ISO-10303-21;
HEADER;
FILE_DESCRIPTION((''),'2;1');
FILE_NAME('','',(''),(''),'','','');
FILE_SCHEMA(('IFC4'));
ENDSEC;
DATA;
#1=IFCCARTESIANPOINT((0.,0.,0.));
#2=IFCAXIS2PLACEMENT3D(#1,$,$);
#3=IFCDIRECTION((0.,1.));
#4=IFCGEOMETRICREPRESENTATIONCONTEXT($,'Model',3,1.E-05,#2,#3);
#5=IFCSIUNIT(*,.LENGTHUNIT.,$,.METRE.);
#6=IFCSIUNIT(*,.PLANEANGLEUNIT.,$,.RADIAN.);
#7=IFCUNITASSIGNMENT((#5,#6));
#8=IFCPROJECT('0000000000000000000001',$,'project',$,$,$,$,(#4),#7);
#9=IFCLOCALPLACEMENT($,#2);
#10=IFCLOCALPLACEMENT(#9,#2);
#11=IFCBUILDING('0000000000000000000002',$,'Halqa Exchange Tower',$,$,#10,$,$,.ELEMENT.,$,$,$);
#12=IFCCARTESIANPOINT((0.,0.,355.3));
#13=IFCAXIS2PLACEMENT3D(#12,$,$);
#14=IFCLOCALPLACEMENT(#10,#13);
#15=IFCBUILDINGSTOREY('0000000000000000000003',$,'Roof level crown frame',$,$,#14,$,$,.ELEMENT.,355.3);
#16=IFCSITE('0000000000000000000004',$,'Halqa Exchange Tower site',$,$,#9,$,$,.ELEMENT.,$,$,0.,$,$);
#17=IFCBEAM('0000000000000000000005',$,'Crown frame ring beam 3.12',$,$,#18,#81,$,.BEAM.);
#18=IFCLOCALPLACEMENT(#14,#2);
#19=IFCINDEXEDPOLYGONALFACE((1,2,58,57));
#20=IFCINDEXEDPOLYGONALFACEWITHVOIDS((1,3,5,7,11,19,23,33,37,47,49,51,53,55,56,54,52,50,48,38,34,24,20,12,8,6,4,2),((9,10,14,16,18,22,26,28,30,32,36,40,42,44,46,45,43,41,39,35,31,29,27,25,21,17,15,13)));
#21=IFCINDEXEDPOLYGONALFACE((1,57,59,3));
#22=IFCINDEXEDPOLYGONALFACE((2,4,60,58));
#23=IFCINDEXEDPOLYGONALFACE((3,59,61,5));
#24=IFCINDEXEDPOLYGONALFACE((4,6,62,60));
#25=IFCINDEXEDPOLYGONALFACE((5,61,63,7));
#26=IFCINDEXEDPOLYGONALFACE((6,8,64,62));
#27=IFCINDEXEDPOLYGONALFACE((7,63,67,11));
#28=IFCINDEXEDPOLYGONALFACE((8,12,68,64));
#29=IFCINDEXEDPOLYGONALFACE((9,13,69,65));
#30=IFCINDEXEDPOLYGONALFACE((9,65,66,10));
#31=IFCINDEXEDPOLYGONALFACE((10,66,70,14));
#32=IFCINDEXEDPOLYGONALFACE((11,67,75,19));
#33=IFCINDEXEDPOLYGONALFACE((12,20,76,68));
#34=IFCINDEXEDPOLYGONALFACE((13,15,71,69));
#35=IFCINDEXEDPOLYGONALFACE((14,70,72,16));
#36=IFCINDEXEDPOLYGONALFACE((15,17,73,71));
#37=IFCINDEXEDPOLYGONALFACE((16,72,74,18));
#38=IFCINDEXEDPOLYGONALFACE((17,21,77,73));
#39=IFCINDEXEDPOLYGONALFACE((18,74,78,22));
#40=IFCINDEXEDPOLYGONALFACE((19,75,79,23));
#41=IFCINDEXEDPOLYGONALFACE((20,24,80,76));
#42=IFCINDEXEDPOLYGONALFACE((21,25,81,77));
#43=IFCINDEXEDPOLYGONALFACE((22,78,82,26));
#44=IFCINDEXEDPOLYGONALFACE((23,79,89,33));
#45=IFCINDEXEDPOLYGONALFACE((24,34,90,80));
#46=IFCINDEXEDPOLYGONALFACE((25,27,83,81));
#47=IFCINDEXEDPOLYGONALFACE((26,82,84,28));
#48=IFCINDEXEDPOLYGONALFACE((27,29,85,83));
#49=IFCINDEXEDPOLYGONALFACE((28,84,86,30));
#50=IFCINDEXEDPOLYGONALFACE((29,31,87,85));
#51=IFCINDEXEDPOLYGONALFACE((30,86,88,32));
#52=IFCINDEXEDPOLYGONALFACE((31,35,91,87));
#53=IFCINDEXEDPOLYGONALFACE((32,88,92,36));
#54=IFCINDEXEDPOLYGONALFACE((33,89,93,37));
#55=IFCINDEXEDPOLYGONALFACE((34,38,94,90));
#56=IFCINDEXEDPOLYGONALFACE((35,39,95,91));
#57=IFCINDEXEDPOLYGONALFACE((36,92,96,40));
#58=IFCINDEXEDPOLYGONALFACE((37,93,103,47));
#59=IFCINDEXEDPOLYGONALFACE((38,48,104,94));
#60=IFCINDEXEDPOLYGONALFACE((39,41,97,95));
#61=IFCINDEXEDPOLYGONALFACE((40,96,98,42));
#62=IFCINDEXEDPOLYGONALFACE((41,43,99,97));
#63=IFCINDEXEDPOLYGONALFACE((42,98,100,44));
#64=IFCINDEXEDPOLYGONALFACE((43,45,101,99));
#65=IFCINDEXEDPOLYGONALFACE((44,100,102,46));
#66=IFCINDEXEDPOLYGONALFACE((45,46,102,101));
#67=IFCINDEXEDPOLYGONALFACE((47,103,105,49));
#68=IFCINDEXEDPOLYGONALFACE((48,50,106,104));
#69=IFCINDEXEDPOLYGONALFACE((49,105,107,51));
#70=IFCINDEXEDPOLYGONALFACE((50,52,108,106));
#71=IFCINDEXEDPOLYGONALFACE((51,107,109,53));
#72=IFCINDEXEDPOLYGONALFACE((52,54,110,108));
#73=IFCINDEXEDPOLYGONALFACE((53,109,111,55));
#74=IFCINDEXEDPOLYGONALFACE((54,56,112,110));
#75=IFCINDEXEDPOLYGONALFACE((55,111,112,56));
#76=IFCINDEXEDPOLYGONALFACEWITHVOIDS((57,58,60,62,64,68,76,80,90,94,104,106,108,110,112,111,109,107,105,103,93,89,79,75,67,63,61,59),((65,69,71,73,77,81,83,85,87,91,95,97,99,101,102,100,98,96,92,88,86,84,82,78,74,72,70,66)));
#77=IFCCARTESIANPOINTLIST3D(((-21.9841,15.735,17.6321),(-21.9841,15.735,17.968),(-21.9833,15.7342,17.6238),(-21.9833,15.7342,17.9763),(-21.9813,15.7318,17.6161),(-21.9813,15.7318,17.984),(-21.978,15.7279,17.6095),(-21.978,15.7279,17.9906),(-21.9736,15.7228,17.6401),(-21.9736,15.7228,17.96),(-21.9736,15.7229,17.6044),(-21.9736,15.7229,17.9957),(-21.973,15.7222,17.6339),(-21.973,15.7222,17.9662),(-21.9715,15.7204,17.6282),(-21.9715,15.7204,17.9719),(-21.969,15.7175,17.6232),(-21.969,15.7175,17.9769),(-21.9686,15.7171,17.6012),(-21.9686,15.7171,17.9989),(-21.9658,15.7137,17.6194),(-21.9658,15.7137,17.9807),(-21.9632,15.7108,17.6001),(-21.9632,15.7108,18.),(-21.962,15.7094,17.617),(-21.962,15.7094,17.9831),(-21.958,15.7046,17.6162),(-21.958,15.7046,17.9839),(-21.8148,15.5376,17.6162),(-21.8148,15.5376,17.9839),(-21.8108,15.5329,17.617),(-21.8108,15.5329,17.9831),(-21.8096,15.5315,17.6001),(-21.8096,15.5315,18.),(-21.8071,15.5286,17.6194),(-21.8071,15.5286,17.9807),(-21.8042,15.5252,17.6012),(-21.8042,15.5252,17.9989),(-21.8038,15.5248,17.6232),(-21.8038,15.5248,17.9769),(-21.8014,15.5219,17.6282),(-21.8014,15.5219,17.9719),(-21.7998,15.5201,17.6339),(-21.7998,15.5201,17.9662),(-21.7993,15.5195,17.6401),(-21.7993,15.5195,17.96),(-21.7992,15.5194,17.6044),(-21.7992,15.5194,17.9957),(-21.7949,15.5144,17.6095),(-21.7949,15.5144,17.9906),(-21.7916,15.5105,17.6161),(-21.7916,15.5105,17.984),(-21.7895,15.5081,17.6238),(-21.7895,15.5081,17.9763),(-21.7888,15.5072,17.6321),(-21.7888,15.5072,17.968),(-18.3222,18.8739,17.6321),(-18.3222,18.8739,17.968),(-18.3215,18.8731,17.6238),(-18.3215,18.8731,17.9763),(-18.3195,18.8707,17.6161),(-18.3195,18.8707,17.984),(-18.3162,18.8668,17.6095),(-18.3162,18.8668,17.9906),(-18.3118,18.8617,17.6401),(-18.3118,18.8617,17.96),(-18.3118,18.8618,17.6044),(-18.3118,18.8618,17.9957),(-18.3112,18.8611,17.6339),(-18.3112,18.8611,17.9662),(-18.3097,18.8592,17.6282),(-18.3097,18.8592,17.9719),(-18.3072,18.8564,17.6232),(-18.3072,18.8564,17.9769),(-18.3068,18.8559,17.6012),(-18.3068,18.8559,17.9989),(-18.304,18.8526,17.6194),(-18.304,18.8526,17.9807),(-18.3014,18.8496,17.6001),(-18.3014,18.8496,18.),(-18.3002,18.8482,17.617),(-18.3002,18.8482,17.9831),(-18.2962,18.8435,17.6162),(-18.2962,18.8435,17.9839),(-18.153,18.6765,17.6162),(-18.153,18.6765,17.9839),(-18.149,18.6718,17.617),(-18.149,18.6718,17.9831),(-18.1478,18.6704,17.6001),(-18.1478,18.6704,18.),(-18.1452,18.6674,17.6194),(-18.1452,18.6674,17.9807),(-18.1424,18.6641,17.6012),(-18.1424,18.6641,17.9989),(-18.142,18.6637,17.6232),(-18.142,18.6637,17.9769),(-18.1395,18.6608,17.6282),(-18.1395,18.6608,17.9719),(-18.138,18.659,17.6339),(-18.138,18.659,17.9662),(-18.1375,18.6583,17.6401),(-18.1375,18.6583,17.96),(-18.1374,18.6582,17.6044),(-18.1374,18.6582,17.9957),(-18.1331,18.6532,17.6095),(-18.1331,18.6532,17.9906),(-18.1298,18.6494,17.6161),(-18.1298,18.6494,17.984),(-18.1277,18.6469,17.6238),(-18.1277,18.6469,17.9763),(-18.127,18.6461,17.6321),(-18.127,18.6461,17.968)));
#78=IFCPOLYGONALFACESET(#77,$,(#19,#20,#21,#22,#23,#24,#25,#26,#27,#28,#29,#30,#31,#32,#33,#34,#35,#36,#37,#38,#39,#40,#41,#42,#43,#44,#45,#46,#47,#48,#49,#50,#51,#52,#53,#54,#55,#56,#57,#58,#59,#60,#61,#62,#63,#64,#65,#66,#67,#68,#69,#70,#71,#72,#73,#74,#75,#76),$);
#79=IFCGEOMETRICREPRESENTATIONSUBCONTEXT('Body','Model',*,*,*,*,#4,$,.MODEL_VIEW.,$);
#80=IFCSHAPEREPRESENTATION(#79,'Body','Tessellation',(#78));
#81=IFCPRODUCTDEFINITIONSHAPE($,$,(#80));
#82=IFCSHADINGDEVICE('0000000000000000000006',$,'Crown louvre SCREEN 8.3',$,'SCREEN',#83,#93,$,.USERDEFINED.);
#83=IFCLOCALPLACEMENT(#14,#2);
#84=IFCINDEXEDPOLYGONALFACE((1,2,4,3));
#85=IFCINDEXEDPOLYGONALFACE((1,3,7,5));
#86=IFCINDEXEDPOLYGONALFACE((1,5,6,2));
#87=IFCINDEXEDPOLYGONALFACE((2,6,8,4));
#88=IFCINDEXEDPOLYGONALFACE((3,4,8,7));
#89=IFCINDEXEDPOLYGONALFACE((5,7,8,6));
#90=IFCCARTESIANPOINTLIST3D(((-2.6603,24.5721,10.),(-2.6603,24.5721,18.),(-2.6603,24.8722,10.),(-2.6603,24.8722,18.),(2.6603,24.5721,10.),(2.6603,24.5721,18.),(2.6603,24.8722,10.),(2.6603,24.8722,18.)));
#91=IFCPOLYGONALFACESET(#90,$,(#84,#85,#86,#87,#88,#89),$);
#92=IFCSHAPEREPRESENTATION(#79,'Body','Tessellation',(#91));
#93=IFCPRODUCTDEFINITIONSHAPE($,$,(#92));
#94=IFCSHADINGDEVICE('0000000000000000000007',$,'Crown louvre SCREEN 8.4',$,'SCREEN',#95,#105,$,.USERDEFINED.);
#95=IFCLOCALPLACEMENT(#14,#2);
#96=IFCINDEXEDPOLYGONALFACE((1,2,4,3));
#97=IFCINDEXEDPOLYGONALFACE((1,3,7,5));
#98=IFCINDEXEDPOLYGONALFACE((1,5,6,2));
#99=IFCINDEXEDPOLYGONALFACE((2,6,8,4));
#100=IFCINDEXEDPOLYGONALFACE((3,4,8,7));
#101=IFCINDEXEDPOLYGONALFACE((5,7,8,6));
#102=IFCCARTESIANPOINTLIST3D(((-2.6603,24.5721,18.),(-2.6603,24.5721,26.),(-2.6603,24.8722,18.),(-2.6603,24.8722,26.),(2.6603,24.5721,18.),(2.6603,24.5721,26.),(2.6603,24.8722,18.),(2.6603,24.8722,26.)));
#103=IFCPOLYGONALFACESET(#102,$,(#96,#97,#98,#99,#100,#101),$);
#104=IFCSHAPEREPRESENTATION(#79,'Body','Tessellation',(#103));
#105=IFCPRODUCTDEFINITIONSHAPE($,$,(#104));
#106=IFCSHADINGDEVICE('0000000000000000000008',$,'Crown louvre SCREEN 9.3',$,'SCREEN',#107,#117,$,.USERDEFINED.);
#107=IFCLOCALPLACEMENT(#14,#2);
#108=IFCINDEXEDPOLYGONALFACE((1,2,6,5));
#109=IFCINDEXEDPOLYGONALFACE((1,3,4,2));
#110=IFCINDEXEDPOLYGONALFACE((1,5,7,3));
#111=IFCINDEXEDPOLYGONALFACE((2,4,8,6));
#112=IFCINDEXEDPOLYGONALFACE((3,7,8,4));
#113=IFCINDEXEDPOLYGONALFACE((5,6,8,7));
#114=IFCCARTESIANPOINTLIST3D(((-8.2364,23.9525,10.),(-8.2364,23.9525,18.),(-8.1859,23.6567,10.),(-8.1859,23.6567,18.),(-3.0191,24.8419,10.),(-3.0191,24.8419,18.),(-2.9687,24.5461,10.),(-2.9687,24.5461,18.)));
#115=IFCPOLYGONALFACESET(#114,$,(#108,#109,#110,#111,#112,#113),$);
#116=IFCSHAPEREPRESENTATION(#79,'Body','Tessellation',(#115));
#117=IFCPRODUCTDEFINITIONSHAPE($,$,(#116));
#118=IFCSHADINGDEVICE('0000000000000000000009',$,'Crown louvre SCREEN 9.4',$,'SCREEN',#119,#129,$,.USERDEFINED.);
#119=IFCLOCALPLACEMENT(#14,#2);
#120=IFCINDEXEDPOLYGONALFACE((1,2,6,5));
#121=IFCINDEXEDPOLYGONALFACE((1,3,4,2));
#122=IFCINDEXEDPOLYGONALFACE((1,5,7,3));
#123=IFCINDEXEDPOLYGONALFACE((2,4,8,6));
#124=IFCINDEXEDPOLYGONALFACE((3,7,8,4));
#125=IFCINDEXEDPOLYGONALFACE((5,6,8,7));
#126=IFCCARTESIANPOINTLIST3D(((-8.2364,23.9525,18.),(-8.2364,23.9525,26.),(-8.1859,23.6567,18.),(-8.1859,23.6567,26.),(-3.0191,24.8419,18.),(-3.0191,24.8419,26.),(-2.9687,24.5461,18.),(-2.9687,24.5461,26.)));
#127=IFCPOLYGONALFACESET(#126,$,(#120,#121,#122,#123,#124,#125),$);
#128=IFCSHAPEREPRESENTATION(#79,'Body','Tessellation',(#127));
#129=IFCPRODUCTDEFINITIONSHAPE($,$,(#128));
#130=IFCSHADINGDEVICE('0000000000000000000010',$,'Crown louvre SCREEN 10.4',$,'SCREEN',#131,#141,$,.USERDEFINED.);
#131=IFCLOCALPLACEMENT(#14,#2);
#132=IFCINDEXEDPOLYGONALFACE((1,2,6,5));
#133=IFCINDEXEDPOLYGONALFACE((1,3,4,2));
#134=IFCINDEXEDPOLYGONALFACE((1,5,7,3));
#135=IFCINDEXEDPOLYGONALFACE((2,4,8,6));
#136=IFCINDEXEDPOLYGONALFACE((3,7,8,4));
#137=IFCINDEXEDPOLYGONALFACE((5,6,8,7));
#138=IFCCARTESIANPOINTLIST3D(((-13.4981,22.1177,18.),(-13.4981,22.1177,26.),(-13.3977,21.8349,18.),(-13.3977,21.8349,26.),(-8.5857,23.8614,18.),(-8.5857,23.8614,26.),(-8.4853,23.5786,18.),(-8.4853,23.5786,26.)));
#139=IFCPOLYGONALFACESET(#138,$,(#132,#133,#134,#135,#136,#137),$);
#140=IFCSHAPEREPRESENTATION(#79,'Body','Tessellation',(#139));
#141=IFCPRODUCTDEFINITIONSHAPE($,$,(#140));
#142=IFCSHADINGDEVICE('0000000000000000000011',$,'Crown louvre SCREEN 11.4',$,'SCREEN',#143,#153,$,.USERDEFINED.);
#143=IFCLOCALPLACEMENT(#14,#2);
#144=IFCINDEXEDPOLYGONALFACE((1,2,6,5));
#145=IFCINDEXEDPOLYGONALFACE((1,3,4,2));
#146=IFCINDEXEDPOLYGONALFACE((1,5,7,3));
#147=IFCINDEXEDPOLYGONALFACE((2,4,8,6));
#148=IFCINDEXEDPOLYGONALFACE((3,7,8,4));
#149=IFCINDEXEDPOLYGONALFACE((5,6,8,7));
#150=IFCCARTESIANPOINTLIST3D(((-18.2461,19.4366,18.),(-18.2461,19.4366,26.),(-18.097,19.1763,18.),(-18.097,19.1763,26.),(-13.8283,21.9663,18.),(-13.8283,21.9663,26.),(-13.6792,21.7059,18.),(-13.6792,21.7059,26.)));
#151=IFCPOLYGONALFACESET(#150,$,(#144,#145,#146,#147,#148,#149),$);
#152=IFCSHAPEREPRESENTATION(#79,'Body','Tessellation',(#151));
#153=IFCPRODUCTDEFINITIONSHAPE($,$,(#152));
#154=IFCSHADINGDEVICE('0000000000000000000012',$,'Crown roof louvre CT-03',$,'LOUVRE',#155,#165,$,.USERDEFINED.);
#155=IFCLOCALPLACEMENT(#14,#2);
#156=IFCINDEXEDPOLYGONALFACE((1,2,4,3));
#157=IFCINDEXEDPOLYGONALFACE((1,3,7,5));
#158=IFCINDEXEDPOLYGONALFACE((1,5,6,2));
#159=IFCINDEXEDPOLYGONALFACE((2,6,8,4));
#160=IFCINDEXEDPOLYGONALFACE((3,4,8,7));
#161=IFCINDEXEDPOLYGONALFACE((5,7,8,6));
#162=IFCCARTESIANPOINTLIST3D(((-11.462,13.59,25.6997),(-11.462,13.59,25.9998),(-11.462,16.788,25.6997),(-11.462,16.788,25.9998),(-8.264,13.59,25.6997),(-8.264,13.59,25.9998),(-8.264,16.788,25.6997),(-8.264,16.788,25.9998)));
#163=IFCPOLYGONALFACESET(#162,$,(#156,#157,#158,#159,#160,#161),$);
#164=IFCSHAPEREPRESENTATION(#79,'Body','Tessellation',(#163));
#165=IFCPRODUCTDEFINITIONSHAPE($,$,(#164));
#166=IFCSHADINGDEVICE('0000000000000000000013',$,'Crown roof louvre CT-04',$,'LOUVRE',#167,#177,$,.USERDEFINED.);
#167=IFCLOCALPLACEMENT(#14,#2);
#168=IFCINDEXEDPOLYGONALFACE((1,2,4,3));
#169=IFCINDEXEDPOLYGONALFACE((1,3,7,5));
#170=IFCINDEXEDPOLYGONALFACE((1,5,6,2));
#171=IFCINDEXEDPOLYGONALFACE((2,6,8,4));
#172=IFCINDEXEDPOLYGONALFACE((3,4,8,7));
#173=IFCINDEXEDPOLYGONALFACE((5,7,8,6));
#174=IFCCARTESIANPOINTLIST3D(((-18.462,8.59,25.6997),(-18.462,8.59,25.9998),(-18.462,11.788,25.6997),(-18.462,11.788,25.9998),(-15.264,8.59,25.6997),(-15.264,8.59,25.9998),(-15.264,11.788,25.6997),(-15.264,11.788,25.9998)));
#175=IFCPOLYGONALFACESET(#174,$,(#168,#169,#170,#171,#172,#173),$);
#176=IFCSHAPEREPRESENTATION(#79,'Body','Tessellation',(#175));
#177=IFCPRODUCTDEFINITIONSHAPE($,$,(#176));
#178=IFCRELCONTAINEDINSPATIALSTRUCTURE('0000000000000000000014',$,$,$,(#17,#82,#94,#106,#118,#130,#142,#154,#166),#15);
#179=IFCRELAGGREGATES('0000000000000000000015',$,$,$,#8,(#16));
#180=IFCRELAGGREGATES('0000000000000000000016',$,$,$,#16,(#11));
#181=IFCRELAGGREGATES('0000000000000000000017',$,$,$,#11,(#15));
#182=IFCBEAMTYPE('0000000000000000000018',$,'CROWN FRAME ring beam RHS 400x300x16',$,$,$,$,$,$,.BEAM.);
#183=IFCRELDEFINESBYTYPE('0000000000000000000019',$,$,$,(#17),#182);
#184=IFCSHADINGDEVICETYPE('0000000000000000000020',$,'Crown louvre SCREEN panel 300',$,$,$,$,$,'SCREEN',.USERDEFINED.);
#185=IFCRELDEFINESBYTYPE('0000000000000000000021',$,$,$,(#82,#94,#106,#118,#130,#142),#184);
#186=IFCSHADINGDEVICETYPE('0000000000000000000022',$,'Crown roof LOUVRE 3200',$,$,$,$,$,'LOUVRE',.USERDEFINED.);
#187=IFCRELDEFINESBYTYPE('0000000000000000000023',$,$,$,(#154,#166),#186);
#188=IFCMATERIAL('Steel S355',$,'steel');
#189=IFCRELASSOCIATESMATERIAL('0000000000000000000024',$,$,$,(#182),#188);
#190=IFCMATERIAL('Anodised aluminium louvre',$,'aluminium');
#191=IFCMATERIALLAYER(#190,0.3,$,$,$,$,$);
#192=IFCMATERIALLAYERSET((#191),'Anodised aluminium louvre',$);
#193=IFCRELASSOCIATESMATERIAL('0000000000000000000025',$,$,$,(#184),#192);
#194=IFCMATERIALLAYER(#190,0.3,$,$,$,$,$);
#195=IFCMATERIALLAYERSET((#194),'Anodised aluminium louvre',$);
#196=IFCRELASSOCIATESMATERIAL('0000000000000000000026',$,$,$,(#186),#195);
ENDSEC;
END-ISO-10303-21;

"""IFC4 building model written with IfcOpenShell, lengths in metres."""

from ifc_helpers import new_model, si_unit, direction, frame, origin, origin_2d, place, context, subcontext, project, spatial, rectangle, hollow_rectangle, extrude, material, layer, layer_set, material_profile, profile_set, type_object, element, save


model = new_model("IFC4")

# Units and contexts
model_context = context("Model", 3, precision=1e-05, world=origin(), true_north=direction((0.0, 1.0)))
body_context = subcontext(model_context, "Body", "Model", "MODEL_VIEW")
ifc_project = project(units=[si_unit("LENGTHUNIT", "METRE"), si_unit("PLANEANGLEUNIT", "RADIAN")], contexts=[model_context])

# Site, building, storey
site_placement = place(None, origin())
site = spatial("IfcSite", under=ifc_project, at=site_placement, Name="Halqa Exchange Tower site", CompositionType="ELEMENT", RefElevation=0.0)
building_placement = place(site_placement, origin())
building = spatial("IfcBuilding", under=site, at=building_placement, Name="Halqa Exchange Tower", CompositionType="ELEMENT")
storey_placement = place(building_placement, frame((0.0, 0.0, 355.3)))
storey = spatial("IfcBuildingStorey", under=building, at=storey_placement, Name="Roof level crown frame", CompositionType="ELEMENT", Elevation=355.3)

# Shared definitions
ifc_material_1 = material(Name="Steel S355", Category="steel")

# Beam
ifc_material_profile_1 = material_profile(ifc_material_1, hollow_rectangle(XDim=0.3, YDim=0.3999, WallThickness=0.0161, InnerFilletRadius=0.0239, OuterFilletRadius=0.032, at=origin_2d()), Name="RHS 400x300x16")
ifc_profile_set_1 = profile_set([ifc_material_profile_1], Name="Steel S355")
beam_type_1 = type_object("IfcBeamType", Name="CROWN FRAME ring beam RHS 400x300x16", PredefinedType="BEAM", material=ifc_profile_set_1)
beam_1_placement = place(storey_placement, frame((-18.2246, 18.76, 17.8), z_axis=(-0.759239, -0.650812, 0.0), x_axis=(0.650812, -0.759239, 0.0)))
element("IfcBeam", 1, at=beam_1_placement, inside=storey, type_object=beam_type_1, Name="Crown frame ring beam 3.12", PredefinedType="BEAM", context=body_context, shape_type="SweptSolid", body=[
    extrude(hollow_rectangle(XDim=0.3, YDim=0.3999, WallThickness=0.0161, InnerFilletRadius=0.0239, OuterFilletRadius=0.032, at=origin_2d()), origin(), (0.0, 0.0, 1.0), 4.823),
])

# Shading devices
ifc_material_2 = material(Name="Anodised aluminium louvre", Category="aluminium")
ifc_layer_1 = layer(ifc_material_2, 0.3)
ifc_layer_set_1 = layer_set([ifc_layer_1], Name="Anodised aluminium louvre")
shading_device_type_1 = type_object("IfcShadingDeviceType", Name="Crown louvre SCREEN panel 300", ElementType="SCREEN", PredefinedType="USERDEFINED", material=ifc_layer_set_1)
for number, where, z_axis, x_axis, name in (
    (2, (0.0, 24.7222, 10.0), (0.0, 0.0, 1.0), (-1.0, 0.0, 0.0), "Crown louvre SCREEN 8.3"),
    (3, (0.0, 24.7222, 18.0), (0.0, 0.0, 1.0), (-1.0, 0.0, 0.0), "Crown louvre SCREEN 8.4"),
):
    element("IfcShadingDevice", number, at=place(storey_placement, frame(where, z_axis=z_axis, x_axis=x_axis)), inside=storey, type_object=shading_device_type_1, Name=name, ObjectType="SCREEN", PredefinedType="USERDEFINED", context=body_context, shape_type="SweptSolid", body=[
        extrude(rectangle(XDim=5.3206, YDim=0.3, at=origin_2d()), origin(), (0.0, 0.0, 1.0), 8.0),
    ])
for number, where, z_axis, x_axis, name in (
    (4, (-5.6025, 24.2493, 10.0), (0.0, 0.0, 1.0), (-0.985778, -0.168051, 0.0), "Crown louvre SCREEN 9.3"),
    (5, (-5.6025, 24.2493, 18.0), (0.0, 0.0, 1.0), (-0.985778, -0.168051, 0.0), "Crown louvre SCREEN 9.4"),
):
    element("IfcShadingDevice", number, at=place(storey_placement, frame(where, z_axis=z_axis, x_axis=x_axis)), inside=storey, type_object=shading_device_type_1, Name=name, ObjectType="SCREEN", PredefinedType="USERDEFINED", context=body_context, shape_type="SweptSolid", body=[
        extrude(rectangle(XDim=5.2925, YDim=0.3, at=origin_2d()), origin(), (0.0, 0.0, 1.0), 8.0),
    ])
shading_device_1_placement = place(storey_placement, frame((-10.9917, 22.8481, 18.0), z_axis=(0.0, 0.0, 1.0), x_axis=(-0.942388, -0.334522, 0.0)))
element("IfcShadingDevice", 6, at=shading_device_1_placement, inside=storey, type_object=shading_device_type_1, Name="Crown louvre SCREEN 10.4", ObjectType="SCREEN", PredefinedType="USERDEFINED", context=body_context, shape_type="SweptSolid", body=[
    extrude(rectangle(XDim=5.2126, YDim=0.3, at=origin_2d()), origin(), (0.0, 0.0, 1.0), 8.0),
])
shading_device_2_placement = place(storey_placement, frame((-15.9626, 20.5713, 18.0), z_axis=(0.0, 0.0, 1.0), x_axis=(-0.867804, -0.496907, 0.0)))
element("IfcShadingDevice", 7, at=shading_device_2_placement, inside=storey, type_object=shading_device_type_1, Name="Crown louvre SCREEN 11.4", ObjectType="SCREEN", PredefinedType="USERDEFINED", context=body_context, shape_type="SweptSolid", body=[
    extrude(rectangle(XDim=5.0908, YDim=0.3, at=origin_2d()), origin(), (0.0, 0.0, 1.0), 8.0),
])
ifc_layer_2 = layer(ifc_material_2, 0.3)
ifc_layer_set_2 = layer_set([ifc_layer_2], Name="Anodised aluminium louvre")
shading_device_type_2 = type_object("IfcShadingDeviceType", Name="Crown roof LOUVRE 3200", ElementType="LOUVRE", PredefinedType="USERDEFINED", material=ifc_layer_set_2)
for number, where, z_axis, x_axis, name in (
    (8, (-9.863, 15.189, 25.6997), (0.0, 0.0, 1.0), (1.0, 0.0, 0.0), "Crown roof louvre CT-03"),
    (9, (-16.863, 10.189, 25.6997), (0.0, 0.0, 1.0), (1.0, 0.0, 0.0), "Crown roof louvre CT-04"),
):
    element("IfcShadingDevice", number, at=place(storey_placement, frame(where, z_axis=z_axis, x_axis=x_axis)), inside=storey, type_object=shading_device_type_2, Name=name, ObjectType="LOUVRE", PredefinedType="USERDEFINED", context=body_context, shape_type="SweptSolid", body=[
        extrude(rectangle(XDim=3.198, YDim=3.198, at=origin_2d()), origin(), (0.0, 0.0, 1.0), 0.3),
    ])

save(model, "model.ifc")
